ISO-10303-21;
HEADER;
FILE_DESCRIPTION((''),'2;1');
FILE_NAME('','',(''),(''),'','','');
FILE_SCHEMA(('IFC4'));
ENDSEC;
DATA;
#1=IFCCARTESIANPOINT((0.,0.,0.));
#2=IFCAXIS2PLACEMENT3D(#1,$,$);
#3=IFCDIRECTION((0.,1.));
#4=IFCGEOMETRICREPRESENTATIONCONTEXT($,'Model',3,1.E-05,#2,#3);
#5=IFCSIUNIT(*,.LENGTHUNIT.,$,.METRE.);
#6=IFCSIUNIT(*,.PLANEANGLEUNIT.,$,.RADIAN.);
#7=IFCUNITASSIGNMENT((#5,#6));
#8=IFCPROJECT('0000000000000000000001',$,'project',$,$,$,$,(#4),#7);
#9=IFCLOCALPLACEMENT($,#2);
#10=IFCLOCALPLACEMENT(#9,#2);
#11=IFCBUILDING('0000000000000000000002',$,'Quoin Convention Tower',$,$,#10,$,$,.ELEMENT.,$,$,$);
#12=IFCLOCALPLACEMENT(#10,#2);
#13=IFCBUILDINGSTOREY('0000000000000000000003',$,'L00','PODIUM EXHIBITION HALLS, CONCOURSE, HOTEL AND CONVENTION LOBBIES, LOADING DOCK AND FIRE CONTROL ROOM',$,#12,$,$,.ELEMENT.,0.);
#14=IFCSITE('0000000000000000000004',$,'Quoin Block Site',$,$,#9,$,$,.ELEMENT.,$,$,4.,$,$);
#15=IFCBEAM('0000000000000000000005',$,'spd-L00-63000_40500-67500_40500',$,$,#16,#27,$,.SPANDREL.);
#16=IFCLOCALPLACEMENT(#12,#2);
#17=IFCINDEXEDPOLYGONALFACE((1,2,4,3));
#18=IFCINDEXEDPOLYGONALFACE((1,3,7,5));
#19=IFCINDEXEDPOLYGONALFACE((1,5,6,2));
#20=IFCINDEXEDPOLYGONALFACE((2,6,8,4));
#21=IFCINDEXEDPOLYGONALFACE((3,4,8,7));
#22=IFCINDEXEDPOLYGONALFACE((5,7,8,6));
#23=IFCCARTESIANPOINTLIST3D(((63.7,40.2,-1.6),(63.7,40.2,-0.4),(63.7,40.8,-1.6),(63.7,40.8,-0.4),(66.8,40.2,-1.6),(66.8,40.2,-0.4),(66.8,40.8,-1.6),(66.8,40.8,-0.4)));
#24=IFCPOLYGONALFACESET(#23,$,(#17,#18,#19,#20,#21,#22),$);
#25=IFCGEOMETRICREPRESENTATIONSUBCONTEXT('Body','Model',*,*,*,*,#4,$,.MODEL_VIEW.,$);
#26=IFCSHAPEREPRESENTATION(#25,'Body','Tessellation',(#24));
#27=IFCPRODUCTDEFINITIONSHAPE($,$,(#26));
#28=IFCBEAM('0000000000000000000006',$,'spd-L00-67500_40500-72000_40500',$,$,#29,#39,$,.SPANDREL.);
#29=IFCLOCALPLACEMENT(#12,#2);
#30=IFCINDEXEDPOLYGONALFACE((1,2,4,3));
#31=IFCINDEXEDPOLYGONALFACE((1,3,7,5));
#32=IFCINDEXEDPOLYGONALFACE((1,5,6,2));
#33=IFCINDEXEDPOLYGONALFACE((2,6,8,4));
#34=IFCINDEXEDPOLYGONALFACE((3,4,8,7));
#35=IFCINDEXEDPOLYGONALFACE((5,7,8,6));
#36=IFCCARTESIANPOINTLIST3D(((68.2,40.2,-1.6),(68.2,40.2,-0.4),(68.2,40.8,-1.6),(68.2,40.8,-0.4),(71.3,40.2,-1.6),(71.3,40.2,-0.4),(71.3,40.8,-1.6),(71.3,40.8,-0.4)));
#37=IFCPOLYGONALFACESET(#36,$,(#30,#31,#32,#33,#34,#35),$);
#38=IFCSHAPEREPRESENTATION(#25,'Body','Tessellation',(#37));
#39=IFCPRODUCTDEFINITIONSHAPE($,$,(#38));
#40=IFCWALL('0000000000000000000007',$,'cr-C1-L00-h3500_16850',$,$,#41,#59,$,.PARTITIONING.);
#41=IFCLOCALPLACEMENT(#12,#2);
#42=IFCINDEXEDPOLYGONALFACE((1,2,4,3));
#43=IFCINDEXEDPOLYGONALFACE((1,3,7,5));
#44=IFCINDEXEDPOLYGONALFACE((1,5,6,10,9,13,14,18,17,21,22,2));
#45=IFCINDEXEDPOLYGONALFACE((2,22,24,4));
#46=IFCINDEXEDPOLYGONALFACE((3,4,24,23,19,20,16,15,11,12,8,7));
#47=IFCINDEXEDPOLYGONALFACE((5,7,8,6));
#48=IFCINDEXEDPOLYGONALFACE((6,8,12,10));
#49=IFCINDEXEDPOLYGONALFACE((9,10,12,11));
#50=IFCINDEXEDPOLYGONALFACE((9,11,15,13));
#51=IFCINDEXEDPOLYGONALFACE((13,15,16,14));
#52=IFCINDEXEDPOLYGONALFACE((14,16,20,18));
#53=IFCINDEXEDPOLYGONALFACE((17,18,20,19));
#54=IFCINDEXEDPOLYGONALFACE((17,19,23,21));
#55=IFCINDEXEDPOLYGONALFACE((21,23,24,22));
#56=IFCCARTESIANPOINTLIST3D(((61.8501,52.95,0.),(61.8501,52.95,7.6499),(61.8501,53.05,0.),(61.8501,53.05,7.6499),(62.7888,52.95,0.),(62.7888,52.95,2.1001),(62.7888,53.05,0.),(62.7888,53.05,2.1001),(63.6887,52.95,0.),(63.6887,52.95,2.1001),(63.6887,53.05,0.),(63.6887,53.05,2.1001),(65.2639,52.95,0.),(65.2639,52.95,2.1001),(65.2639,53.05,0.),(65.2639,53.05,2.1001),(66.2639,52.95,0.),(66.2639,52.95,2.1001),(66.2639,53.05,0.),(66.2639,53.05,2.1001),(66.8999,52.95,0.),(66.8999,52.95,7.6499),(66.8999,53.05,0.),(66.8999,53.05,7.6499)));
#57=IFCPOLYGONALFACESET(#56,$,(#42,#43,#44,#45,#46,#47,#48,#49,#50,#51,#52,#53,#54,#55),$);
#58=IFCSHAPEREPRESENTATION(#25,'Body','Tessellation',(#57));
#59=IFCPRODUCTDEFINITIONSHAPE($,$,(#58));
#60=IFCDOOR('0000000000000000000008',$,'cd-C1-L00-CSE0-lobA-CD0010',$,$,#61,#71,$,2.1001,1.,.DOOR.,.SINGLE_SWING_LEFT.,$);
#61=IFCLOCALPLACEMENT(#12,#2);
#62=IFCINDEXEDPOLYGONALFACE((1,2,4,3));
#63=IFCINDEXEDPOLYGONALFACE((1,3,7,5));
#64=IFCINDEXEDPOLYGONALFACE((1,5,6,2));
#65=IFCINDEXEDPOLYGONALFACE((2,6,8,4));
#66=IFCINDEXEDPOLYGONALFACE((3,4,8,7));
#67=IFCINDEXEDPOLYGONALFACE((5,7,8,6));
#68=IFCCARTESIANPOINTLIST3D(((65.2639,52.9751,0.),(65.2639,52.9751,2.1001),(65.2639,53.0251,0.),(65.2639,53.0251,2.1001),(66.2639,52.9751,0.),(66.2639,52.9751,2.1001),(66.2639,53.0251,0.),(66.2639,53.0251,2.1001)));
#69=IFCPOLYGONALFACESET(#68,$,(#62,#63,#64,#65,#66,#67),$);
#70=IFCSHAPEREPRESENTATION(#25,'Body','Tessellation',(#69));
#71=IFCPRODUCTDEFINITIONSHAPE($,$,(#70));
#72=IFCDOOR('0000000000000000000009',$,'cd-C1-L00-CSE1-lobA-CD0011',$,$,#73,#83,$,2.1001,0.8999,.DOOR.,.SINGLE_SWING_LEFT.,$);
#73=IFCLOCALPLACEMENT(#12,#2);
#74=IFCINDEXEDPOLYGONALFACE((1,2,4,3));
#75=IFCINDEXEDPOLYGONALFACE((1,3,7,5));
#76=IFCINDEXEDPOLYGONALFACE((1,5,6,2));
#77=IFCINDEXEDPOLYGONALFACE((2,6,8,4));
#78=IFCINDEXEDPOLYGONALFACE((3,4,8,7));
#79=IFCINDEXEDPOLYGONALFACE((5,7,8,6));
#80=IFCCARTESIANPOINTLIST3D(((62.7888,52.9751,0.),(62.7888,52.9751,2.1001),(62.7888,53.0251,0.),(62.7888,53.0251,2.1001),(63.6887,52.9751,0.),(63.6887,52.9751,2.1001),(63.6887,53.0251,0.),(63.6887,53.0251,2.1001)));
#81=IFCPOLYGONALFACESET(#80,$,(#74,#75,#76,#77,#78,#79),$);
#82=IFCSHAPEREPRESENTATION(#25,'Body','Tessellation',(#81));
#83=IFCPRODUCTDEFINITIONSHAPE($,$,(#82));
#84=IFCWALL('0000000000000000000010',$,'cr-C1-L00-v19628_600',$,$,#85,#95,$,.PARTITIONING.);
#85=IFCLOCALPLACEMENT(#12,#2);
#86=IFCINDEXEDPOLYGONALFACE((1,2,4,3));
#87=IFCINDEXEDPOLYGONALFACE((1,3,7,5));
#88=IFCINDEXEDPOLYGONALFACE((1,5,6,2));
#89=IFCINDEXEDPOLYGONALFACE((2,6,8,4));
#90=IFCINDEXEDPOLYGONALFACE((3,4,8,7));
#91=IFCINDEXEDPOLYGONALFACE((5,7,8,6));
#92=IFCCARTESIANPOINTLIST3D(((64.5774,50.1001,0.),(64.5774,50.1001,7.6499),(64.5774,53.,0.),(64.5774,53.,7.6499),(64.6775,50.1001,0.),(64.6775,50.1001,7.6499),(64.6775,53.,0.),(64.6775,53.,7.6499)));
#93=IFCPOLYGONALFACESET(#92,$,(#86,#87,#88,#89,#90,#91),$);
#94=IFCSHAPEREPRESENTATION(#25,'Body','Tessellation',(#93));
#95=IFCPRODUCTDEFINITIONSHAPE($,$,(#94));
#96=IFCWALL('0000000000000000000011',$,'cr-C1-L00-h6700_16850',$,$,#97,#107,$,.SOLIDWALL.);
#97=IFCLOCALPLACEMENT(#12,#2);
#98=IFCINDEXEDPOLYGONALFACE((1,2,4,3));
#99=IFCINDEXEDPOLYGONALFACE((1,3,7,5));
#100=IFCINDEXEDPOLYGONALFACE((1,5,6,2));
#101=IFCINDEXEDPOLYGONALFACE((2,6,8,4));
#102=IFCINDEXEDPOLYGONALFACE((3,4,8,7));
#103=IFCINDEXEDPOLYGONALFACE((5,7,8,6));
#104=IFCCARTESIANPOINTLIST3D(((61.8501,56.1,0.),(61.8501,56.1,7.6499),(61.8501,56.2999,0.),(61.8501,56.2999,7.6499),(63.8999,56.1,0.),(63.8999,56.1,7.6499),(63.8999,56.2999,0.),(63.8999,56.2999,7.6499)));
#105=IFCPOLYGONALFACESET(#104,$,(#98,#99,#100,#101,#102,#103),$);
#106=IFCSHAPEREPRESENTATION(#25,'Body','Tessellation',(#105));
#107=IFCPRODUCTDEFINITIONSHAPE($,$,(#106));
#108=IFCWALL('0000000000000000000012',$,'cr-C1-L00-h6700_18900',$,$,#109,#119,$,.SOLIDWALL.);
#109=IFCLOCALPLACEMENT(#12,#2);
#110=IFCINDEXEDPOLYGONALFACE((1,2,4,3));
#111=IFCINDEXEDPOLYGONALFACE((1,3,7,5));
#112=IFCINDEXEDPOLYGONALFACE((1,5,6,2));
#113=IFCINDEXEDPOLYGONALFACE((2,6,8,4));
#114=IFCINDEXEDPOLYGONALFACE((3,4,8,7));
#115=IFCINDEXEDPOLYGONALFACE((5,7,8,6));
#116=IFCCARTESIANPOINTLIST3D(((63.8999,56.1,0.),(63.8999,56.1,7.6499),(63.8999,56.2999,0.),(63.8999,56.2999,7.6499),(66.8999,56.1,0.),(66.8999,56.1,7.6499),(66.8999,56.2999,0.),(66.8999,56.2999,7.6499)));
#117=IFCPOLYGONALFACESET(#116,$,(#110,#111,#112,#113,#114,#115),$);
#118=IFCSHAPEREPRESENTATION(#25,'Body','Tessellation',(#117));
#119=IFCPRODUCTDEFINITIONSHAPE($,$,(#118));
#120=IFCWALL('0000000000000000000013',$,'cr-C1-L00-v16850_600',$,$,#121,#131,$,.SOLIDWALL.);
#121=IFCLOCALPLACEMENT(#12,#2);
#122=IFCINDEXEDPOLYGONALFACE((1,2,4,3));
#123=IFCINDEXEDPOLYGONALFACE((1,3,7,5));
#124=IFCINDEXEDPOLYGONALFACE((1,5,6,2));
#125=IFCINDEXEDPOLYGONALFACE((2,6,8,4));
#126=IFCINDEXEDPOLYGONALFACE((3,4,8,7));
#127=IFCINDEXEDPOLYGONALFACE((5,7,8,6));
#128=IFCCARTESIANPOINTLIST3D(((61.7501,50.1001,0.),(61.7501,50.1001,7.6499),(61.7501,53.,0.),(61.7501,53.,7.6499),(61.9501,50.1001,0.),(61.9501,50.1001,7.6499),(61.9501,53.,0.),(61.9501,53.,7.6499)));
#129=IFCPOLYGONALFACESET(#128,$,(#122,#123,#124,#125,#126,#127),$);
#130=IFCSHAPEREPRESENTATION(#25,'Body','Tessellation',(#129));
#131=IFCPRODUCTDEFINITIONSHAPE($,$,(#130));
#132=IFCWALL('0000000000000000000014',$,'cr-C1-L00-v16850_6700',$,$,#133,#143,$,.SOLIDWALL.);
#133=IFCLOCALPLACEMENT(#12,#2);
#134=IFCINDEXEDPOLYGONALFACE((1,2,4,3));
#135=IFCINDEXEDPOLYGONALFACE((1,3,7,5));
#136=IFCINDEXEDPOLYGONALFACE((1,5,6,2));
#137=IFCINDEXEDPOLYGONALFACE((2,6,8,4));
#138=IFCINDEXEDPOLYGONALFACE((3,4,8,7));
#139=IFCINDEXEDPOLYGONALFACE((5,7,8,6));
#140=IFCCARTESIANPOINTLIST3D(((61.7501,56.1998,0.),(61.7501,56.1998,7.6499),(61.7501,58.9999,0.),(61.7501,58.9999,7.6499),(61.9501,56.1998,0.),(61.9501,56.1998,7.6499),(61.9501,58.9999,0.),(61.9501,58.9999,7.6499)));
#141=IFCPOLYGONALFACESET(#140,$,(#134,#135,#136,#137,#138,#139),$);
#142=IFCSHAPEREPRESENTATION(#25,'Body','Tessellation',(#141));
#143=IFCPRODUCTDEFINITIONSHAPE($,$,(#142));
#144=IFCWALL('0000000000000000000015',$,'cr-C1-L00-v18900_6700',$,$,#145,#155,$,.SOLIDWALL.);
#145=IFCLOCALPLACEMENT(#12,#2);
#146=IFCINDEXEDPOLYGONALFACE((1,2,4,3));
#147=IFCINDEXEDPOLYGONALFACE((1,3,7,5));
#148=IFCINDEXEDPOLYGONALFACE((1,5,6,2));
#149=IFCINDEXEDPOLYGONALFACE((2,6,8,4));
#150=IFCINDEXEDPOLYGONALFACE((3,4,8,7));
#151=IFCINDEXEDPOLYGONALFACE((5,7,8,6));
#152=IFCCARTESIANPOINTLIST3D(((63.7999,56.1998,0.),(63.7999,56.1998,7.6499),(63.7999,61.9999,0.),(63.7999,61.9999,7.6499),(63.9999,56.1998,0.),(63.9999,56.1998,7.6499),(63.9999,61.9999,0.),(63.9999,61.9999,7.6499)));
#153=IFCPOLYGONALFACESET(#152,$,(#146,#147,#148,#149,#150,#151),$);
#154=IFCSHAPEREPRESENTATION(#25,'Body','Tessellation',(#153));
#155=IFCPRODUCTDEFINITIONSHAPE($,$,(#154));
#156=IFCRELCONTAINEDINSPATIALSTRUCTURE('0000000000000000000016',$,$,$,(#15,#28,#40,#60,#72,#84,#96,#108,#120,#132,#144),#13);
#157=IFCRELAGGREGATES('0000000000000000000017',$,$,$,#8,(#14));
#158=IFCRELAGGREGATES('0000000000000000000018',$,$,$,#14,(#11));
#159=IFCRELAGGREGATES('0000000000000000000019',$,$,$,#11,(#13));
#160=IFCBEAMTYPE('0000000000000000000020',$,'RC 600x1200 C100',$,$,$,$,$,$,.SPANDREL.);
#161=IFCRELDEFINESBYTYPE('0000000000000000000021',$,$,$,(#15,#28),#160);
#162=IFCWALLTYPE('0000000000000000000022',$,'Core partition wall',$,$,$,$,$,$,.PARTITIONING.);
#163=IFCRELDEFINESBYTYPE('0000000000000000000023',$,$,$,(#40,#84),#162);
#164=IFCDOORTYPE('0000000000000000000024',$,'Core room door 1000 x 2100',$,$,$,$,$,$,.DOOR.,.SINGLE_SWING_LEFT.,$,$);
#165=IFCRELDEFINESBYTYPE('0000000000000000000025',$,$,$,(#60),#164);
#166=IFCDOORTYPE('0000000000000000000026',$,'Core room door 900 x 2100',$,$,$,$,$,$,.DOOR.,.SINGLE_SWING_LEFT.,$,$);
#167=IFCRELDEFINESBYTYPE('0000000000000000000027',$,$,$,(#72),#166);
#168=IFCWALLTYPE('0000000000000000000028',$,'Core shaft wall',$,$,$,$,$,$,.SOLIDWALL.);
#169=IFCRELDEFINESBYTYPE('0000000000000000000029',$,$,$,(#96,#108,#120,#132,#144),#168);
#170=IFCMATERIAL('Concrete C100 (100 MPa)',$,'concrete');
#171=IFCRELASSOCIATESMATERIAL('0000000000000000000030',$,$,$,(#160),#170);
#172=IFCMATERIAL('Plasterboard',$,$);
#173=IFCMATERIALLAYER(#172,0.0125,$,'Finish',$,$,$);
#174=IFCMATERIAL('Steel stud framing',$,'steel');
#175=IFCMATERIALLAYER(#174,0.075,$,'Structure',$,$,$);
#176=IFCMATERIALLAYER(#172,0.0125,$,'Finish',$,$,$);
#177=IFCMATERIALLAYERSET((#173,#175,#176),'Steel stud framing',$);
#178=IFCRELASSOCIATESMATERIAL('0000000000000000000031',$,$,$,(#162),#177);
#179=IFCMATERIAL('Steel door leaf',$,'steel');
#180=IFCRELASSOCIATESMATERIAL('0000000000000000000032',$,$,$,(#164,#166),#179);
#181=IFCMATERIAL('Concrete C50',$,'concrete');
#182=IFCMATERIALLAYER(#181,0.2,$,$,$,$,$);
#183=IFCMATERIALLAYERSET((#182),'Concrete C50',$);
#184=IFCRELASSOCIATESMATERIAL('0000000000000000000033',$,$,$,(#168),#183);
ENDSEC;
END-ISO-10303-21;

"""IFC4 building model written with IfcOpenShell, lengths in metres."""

from ifc_helpers import new_model, si_unit, direction, frame, frame_2d, origin, origin_2d, place, context, subcontext, project, spatial, rectangle, extrude, material, layer, layer_set, material_profile, profile_set, type_object, element, fill, save


model = new_model("IFC4")

# Units and contexts
model_context = context("Model", 3, precision=1e-05, world=origin(), true_north=direction((0.0, 1.0)))
body_context = subcontext(model_context, "Body", "Model", "MODEL_VIEW")
ifc_project = project(units=[si_unit("LENGTHUNIT", "METRE"), si_unit("PLANEANGLEUNIT", "RADIAN")], contexts=[model_context])

# Site, building, storey
site_placement = place(None, origin())
site = spatial("IfcSite", under=ifc_project, at=site_placement, Name="Quoin Block Site", CompositionType="ELEMENT", RefElevation=4.0)
building_placement = place(site_placement, origin())
building = spatial("IfcBuilding", under=site, at=building_placement, Name="Quoin Convention Tower", CompositionType="ELEMENT")
storey_placement = place(building_placement, origin())
storey = spatial("IfcBuildingStorey", under=building, at=storey_placement, Name="L00", Description="PODIUM EXHIBITION HALLS, CONCOURSE, HOTEL AND CONVENTION LOBBIES, LOADING DOCK AND FIRE CONTROL ROOM", CompositionType="ELEMENT", Elevation=0.0)

# Beams
ifc_material_1 = material(Name="Concrete C100 (100 MPa)", Category="concrete")
ifc_material_profile = material_profile(ifc_material_1, rectangle(XDim=0.6001, YDim=1.2, at=origin_2d()), Name="RC 600x1200")
ifc_profile_set = profile_set([ifc_material_profile], Name="Concrete C100 (100 MPa)")
beam_type = type_object("IfcBeamType", Name="RC 600x1200 C100", PredefinedType="SPANDREL", material=ifc_profile_set)
for number, where, z_axis, x_axis, name in (
    (1, (63.7, 40.5, -1.0), (1.0, 0.0, 0.0), (0.0, 1.0, 0.0), "spd-L00-63000_40500-67500_40500"),
    (2, (68.2, 40.5, -1.0), (1.0, 0.0, 0.0), (0.0, 1.0, 0.0), "spd-L00-67500_40500-72000_40500"),
):
    element("IfcBeam", number, at=place(storey_placement, frame(where, z_axis=z_axis, x_axis=x_axis)), inside=storey, type_object=beam_type, Name=name, PredefinedType="SPANDREL", context=body_context, shape_type="SweptSolid", body=[
        extrude(rectangle(XDim=0.6001, YDim=1.2, at=origin_2d()), origin(), (0.0, 0.0, 1.0), 3.1001),
    ])

# Wall, openings, doors
ifc_material_2 = material(Name="Plasterboard")
ifc_layer_1 = layer(ifc_material_2, 0.0125, Name="Finish")
ifc_material_3 = material(Name="Steel stud framing", Category="steel")
ifc_layer_2 = layer(ifc_material_3, 0.075, Name="Structure")
ifc_layer_3 = layer(ifc_material_2, 0.0125, Name="Finish")
ifc_layer_set_1 = layer_set([ifc_layer_1, ifc_layer_2, ifc_layer_3], Name="Steel stud framing")
wall_type_1 = type_object("IfcWallType", Name="Core partition wall", PredefinedType="PARTITIONING", material=ifc_layer_set_1)
wall_1_placement = place(storey_placement, frame((61.8501, 53.0, 0.0), z_axis=(0.0, 0.0, 1.0), x_axis=(1.0, 0.0, 0.0)))
wall_1 = element("IfcWall", 3, at=wall_1_placement, inside=storey, type_object=wall_type_1, Name="cr-C1-L00-h3500_16850", PredefinedType="PARTITIONING", context=body_context, shape_type="SweptSolid", body=[
    extrude(rectangle(XDim=5.0498, YDim=0.1001, at=frame_2d((2.5249, 0.0))), origin(), (0.0, 0.0, 1.0), 7.6499),
])
opening_1_placement = place(wall_1_placement, frame((3.4138, 0.0, 0.0)))
opening_1 = element("IfcOpeningElement", 4, at=opening_1_placement, cuts=wall_1, PredefinedType="OPENING", context=body_context, shape_type="SweptSolid", body=[
    extrude(rectangle(XDim=1.0, YDim=2.1001, at=frame_2d((0.5, 1.05))), frame((0.0, 0.0601, 0.0), z_axis=(0.0, -1.0, 0.0), x_axis=(1.0, 0.0, 0.0)), (0.0, 0.0, 1.0), 0.1201),
])
opening_2_placement = place(wall_1_placement, frame((0.9387, 0.0, 0.0)))
opening_2 = element("IfcOpeningElement", 5, at=opening_2_placement, cuts=wall_1, PredefinedType="OPENING", context=body_context, shape_type="SweptSolid", body=[
    extrude(rectangle(XDim=0.8999, YDim=2.1001, at=frame_2d((0.45, 1.05))), frame((0.0, 0.0601, 0.0), z_axis=(0.0, -1.0, 0.0), x_axis=(1.0, 0.0, 0.0)), (0.0, 0.0, 1.0), 0.1201),
])
ifc_material_4 = material(Name="Steel door leaf", Category="steel")
door_type_1 = type_object("IfcDoorType", Name="Core room door 1000 x 2100", OperationType="SINGLE_SWING_LEFT", PredefinedType="DOOR", material=ifc_material_4)
door_1_placement = place(opening_1_placement, frame((1.0, 0.0, 0.0), z_axis=(0.0, 0.0, 1.0), x_axis=(-1.0, 0.0, 0.0)))
door_1 = element("IfcDoor", 6, at=door_1_placement, inside=storey, type_object=door_type_1, Name="cd-C1-L00-CSE0-lobA-CD0010", OperationType="SINGLE_SWING_LEFT", OverallHeight=2.1001, OverallWidth=1.0, PredefinedType="DOOR", context=body_context, shape_type="SweptSolid", body=[
    extrude(rectangle(XDim=1.0, YDim=2.1001, at=frame_2d((0.5, 1.05))), frame((0.0, 0.0249, 0.0), z_axis=(0.0, -1.0, 0.0), x_axis=(1.0, 0.0, 0.0)), (0.0, 0.0, 1.0), 0.05),
])
fill(opening_1, door_1)
door_type_2 = type_object("IfcDoorType", Name="Core room door 900 x 2100", OperationType="SINGLE_SWING_LEFT", PredefinedType="DOOR", material=ifc_material_4)
door_2_placement = place(opening_2_placement, frame((0.8999, 0.0, 0.0), z_axis=(0.0, 0.0, 1.0), x_axis=(-1.0, 0.0, 0.0)))
door_2 = element("IfcDoor", 7, at=door_2_placement, inside=storey, type_object=door_type_2, Name="cd-C1-L00-CSE1-lobA-CD0011", OperationType="SINGLE_SWING_LEFT", OverallHeight=2.1001, OverallWidth=0.8999, PredefinedType="DOOR", context=body_context, shape_type="SweptSolid", body=[
    extrude(rectangle(XDim=0.8999, YDim=2.1001, at=frame_2d((0.45, 1.05))), frame((0.0, 0.0249, 0.0), z_axis=(0.0, -1.0, 0.0), x_axis=(1.0, 0.0, 0.0)), (0.0, 0.0, 1.0), 0.05),
])
fill(opening_2, door_2)

# Walls
wall_2_placement = place(storey_placement, frame((64.6274, 50.1001, 0.0), z_axis=(0.0, 0.0, 1.0), x_axis=(0.0, 1.0, 0.0)))
element("IfcWall", 8, at=wall_2_placement, inside=storey, type_object=wall_type_1, Name="cr-C1-L00-v19628_600", PredefinedType="PARTITIONING", context=body_context, shape_type="SweptSolid", body=[
    extrude(rectangle(XDim=2.8999, YDim=0.1001, at=frame_2d((1.45, 0.0))), origin(), (0.0, 0.0, 1.0), 7.6499),
])
ifc_material_5 = material(Name="Concrete C50", Category="concrete")
ifc_layer_4 = layer(ifc_material_5, 0.2)
ifc_layer_set_2 = layer_set([ifc_layer_4], Name="Concrete C50")
wall_type_2 = type_object("IfcWallType", Name="Core shaft wall", PredefinedType="SOLIDWALL", material=ifc_layer_set_2)
wall_3_placement = place(storey_placement, frame((61.8501, 56.2, 0.0), z_axis=(0.0, 0.0, 1.0), x_axis=(1.0, 0.0, 0.0)))
element("IfcWall", 9, at=wall_3_placement, inside=storey, type_object=wall_type_2, Name="cr-C1-L00-h6700_16850", PredefinedType="SOLIDWALL", context=body_context, shape_type="SweptSolid", body=[
    extrude(rectangle(XDim=2.0498, YDim=0.2, at=frame_2d((1.0249, 0.0))), origin(), (0.0, 0.0, 1.0), 7.6499),
])
wall_4_placement = place(storey_placement, frame((63.8999, 56.2, 0.0), z_axis=(0.0, 0.0, 1.0), x_axis=(1.0, 0.0, 0.0)))
element("IfcWall", 10, at=wall_4_placement, inside=storey, type_object=wall_type_2, Name="cr-C1-L00-h6700_18900", PredefinedType="SOLIDWALL", context=body_context, shape_type="SweptSolid", body=[
    extrude(rectangle(XDim=3.0, YDim=0.2, at=frame_2d((1.5, 0.0))), origin(), (0.0, 0.0, 1.0), 7.6499),
])
wall_5_placement = place(storey_placement, frame((61.8501, 50.1001, 0.0), z_axis=(0.0, 0.0, 1.0), x_axis=(0.0, 1.0, 0.0)))
element("IfcWall", 11, at=wall_5_placement, inside=storey, type_object=wall_type_2, Name="cr-C1-L00-v16850_600", PredefinedType="SOLIDWALL", context=body_context, shape_type="SweptSolid", body=[
    extrude(rectangle(XDim=2.8999, YDim=0.2, at=frame_2d((1.45, 0.0))), origin(), (0.0, 0.0, 1.0), 7.6499),
])
wall_6_placement = place(storey_placement, frame((61.8501, 56.2, 0.0), z_axis=(0.0, 0.0, 1.0), x_axis=(0.0, 1.0, 0.0)))
element("IfcWall", 12, at=wall_6_placement, inside=storey, type_object=wall_type_2, Name="cr-C1-L00-v16850_6700", PredefinedType="SOLIDWALL", context=body_context, shape_type="SweptSolid", body=[
    extrude(rectangle(XDim=2.8, YDim=0.2, at=frame_2d((1.3999, 0.0))), origin(), (0.0, 0.0, 1.0), 7.6499),
])
wall_7_placement = place(storey_placement, frame((63.8999, 56.2, 0.0), z_axis=(0.0, 0.0, 1.0), x_axis=(0.0, 1.0, 0.0)))
element("IfcWall", 13, at=wall_7_placement, inside=storey, type_object=wall_type_2, Name="cr-C1-L00-v18900_6700", PredefinedType="SOLIDWALL", context=body_context, shape_type="SweptSolid", body=[
    extrude(rectangle(XDim=5.8, YDim=0.2, at=frame_2d((2.8999, 0.0))), origin(), (0.0, 0.0, 1.0), 7.6499),
])

save(model, "model.ifc")
